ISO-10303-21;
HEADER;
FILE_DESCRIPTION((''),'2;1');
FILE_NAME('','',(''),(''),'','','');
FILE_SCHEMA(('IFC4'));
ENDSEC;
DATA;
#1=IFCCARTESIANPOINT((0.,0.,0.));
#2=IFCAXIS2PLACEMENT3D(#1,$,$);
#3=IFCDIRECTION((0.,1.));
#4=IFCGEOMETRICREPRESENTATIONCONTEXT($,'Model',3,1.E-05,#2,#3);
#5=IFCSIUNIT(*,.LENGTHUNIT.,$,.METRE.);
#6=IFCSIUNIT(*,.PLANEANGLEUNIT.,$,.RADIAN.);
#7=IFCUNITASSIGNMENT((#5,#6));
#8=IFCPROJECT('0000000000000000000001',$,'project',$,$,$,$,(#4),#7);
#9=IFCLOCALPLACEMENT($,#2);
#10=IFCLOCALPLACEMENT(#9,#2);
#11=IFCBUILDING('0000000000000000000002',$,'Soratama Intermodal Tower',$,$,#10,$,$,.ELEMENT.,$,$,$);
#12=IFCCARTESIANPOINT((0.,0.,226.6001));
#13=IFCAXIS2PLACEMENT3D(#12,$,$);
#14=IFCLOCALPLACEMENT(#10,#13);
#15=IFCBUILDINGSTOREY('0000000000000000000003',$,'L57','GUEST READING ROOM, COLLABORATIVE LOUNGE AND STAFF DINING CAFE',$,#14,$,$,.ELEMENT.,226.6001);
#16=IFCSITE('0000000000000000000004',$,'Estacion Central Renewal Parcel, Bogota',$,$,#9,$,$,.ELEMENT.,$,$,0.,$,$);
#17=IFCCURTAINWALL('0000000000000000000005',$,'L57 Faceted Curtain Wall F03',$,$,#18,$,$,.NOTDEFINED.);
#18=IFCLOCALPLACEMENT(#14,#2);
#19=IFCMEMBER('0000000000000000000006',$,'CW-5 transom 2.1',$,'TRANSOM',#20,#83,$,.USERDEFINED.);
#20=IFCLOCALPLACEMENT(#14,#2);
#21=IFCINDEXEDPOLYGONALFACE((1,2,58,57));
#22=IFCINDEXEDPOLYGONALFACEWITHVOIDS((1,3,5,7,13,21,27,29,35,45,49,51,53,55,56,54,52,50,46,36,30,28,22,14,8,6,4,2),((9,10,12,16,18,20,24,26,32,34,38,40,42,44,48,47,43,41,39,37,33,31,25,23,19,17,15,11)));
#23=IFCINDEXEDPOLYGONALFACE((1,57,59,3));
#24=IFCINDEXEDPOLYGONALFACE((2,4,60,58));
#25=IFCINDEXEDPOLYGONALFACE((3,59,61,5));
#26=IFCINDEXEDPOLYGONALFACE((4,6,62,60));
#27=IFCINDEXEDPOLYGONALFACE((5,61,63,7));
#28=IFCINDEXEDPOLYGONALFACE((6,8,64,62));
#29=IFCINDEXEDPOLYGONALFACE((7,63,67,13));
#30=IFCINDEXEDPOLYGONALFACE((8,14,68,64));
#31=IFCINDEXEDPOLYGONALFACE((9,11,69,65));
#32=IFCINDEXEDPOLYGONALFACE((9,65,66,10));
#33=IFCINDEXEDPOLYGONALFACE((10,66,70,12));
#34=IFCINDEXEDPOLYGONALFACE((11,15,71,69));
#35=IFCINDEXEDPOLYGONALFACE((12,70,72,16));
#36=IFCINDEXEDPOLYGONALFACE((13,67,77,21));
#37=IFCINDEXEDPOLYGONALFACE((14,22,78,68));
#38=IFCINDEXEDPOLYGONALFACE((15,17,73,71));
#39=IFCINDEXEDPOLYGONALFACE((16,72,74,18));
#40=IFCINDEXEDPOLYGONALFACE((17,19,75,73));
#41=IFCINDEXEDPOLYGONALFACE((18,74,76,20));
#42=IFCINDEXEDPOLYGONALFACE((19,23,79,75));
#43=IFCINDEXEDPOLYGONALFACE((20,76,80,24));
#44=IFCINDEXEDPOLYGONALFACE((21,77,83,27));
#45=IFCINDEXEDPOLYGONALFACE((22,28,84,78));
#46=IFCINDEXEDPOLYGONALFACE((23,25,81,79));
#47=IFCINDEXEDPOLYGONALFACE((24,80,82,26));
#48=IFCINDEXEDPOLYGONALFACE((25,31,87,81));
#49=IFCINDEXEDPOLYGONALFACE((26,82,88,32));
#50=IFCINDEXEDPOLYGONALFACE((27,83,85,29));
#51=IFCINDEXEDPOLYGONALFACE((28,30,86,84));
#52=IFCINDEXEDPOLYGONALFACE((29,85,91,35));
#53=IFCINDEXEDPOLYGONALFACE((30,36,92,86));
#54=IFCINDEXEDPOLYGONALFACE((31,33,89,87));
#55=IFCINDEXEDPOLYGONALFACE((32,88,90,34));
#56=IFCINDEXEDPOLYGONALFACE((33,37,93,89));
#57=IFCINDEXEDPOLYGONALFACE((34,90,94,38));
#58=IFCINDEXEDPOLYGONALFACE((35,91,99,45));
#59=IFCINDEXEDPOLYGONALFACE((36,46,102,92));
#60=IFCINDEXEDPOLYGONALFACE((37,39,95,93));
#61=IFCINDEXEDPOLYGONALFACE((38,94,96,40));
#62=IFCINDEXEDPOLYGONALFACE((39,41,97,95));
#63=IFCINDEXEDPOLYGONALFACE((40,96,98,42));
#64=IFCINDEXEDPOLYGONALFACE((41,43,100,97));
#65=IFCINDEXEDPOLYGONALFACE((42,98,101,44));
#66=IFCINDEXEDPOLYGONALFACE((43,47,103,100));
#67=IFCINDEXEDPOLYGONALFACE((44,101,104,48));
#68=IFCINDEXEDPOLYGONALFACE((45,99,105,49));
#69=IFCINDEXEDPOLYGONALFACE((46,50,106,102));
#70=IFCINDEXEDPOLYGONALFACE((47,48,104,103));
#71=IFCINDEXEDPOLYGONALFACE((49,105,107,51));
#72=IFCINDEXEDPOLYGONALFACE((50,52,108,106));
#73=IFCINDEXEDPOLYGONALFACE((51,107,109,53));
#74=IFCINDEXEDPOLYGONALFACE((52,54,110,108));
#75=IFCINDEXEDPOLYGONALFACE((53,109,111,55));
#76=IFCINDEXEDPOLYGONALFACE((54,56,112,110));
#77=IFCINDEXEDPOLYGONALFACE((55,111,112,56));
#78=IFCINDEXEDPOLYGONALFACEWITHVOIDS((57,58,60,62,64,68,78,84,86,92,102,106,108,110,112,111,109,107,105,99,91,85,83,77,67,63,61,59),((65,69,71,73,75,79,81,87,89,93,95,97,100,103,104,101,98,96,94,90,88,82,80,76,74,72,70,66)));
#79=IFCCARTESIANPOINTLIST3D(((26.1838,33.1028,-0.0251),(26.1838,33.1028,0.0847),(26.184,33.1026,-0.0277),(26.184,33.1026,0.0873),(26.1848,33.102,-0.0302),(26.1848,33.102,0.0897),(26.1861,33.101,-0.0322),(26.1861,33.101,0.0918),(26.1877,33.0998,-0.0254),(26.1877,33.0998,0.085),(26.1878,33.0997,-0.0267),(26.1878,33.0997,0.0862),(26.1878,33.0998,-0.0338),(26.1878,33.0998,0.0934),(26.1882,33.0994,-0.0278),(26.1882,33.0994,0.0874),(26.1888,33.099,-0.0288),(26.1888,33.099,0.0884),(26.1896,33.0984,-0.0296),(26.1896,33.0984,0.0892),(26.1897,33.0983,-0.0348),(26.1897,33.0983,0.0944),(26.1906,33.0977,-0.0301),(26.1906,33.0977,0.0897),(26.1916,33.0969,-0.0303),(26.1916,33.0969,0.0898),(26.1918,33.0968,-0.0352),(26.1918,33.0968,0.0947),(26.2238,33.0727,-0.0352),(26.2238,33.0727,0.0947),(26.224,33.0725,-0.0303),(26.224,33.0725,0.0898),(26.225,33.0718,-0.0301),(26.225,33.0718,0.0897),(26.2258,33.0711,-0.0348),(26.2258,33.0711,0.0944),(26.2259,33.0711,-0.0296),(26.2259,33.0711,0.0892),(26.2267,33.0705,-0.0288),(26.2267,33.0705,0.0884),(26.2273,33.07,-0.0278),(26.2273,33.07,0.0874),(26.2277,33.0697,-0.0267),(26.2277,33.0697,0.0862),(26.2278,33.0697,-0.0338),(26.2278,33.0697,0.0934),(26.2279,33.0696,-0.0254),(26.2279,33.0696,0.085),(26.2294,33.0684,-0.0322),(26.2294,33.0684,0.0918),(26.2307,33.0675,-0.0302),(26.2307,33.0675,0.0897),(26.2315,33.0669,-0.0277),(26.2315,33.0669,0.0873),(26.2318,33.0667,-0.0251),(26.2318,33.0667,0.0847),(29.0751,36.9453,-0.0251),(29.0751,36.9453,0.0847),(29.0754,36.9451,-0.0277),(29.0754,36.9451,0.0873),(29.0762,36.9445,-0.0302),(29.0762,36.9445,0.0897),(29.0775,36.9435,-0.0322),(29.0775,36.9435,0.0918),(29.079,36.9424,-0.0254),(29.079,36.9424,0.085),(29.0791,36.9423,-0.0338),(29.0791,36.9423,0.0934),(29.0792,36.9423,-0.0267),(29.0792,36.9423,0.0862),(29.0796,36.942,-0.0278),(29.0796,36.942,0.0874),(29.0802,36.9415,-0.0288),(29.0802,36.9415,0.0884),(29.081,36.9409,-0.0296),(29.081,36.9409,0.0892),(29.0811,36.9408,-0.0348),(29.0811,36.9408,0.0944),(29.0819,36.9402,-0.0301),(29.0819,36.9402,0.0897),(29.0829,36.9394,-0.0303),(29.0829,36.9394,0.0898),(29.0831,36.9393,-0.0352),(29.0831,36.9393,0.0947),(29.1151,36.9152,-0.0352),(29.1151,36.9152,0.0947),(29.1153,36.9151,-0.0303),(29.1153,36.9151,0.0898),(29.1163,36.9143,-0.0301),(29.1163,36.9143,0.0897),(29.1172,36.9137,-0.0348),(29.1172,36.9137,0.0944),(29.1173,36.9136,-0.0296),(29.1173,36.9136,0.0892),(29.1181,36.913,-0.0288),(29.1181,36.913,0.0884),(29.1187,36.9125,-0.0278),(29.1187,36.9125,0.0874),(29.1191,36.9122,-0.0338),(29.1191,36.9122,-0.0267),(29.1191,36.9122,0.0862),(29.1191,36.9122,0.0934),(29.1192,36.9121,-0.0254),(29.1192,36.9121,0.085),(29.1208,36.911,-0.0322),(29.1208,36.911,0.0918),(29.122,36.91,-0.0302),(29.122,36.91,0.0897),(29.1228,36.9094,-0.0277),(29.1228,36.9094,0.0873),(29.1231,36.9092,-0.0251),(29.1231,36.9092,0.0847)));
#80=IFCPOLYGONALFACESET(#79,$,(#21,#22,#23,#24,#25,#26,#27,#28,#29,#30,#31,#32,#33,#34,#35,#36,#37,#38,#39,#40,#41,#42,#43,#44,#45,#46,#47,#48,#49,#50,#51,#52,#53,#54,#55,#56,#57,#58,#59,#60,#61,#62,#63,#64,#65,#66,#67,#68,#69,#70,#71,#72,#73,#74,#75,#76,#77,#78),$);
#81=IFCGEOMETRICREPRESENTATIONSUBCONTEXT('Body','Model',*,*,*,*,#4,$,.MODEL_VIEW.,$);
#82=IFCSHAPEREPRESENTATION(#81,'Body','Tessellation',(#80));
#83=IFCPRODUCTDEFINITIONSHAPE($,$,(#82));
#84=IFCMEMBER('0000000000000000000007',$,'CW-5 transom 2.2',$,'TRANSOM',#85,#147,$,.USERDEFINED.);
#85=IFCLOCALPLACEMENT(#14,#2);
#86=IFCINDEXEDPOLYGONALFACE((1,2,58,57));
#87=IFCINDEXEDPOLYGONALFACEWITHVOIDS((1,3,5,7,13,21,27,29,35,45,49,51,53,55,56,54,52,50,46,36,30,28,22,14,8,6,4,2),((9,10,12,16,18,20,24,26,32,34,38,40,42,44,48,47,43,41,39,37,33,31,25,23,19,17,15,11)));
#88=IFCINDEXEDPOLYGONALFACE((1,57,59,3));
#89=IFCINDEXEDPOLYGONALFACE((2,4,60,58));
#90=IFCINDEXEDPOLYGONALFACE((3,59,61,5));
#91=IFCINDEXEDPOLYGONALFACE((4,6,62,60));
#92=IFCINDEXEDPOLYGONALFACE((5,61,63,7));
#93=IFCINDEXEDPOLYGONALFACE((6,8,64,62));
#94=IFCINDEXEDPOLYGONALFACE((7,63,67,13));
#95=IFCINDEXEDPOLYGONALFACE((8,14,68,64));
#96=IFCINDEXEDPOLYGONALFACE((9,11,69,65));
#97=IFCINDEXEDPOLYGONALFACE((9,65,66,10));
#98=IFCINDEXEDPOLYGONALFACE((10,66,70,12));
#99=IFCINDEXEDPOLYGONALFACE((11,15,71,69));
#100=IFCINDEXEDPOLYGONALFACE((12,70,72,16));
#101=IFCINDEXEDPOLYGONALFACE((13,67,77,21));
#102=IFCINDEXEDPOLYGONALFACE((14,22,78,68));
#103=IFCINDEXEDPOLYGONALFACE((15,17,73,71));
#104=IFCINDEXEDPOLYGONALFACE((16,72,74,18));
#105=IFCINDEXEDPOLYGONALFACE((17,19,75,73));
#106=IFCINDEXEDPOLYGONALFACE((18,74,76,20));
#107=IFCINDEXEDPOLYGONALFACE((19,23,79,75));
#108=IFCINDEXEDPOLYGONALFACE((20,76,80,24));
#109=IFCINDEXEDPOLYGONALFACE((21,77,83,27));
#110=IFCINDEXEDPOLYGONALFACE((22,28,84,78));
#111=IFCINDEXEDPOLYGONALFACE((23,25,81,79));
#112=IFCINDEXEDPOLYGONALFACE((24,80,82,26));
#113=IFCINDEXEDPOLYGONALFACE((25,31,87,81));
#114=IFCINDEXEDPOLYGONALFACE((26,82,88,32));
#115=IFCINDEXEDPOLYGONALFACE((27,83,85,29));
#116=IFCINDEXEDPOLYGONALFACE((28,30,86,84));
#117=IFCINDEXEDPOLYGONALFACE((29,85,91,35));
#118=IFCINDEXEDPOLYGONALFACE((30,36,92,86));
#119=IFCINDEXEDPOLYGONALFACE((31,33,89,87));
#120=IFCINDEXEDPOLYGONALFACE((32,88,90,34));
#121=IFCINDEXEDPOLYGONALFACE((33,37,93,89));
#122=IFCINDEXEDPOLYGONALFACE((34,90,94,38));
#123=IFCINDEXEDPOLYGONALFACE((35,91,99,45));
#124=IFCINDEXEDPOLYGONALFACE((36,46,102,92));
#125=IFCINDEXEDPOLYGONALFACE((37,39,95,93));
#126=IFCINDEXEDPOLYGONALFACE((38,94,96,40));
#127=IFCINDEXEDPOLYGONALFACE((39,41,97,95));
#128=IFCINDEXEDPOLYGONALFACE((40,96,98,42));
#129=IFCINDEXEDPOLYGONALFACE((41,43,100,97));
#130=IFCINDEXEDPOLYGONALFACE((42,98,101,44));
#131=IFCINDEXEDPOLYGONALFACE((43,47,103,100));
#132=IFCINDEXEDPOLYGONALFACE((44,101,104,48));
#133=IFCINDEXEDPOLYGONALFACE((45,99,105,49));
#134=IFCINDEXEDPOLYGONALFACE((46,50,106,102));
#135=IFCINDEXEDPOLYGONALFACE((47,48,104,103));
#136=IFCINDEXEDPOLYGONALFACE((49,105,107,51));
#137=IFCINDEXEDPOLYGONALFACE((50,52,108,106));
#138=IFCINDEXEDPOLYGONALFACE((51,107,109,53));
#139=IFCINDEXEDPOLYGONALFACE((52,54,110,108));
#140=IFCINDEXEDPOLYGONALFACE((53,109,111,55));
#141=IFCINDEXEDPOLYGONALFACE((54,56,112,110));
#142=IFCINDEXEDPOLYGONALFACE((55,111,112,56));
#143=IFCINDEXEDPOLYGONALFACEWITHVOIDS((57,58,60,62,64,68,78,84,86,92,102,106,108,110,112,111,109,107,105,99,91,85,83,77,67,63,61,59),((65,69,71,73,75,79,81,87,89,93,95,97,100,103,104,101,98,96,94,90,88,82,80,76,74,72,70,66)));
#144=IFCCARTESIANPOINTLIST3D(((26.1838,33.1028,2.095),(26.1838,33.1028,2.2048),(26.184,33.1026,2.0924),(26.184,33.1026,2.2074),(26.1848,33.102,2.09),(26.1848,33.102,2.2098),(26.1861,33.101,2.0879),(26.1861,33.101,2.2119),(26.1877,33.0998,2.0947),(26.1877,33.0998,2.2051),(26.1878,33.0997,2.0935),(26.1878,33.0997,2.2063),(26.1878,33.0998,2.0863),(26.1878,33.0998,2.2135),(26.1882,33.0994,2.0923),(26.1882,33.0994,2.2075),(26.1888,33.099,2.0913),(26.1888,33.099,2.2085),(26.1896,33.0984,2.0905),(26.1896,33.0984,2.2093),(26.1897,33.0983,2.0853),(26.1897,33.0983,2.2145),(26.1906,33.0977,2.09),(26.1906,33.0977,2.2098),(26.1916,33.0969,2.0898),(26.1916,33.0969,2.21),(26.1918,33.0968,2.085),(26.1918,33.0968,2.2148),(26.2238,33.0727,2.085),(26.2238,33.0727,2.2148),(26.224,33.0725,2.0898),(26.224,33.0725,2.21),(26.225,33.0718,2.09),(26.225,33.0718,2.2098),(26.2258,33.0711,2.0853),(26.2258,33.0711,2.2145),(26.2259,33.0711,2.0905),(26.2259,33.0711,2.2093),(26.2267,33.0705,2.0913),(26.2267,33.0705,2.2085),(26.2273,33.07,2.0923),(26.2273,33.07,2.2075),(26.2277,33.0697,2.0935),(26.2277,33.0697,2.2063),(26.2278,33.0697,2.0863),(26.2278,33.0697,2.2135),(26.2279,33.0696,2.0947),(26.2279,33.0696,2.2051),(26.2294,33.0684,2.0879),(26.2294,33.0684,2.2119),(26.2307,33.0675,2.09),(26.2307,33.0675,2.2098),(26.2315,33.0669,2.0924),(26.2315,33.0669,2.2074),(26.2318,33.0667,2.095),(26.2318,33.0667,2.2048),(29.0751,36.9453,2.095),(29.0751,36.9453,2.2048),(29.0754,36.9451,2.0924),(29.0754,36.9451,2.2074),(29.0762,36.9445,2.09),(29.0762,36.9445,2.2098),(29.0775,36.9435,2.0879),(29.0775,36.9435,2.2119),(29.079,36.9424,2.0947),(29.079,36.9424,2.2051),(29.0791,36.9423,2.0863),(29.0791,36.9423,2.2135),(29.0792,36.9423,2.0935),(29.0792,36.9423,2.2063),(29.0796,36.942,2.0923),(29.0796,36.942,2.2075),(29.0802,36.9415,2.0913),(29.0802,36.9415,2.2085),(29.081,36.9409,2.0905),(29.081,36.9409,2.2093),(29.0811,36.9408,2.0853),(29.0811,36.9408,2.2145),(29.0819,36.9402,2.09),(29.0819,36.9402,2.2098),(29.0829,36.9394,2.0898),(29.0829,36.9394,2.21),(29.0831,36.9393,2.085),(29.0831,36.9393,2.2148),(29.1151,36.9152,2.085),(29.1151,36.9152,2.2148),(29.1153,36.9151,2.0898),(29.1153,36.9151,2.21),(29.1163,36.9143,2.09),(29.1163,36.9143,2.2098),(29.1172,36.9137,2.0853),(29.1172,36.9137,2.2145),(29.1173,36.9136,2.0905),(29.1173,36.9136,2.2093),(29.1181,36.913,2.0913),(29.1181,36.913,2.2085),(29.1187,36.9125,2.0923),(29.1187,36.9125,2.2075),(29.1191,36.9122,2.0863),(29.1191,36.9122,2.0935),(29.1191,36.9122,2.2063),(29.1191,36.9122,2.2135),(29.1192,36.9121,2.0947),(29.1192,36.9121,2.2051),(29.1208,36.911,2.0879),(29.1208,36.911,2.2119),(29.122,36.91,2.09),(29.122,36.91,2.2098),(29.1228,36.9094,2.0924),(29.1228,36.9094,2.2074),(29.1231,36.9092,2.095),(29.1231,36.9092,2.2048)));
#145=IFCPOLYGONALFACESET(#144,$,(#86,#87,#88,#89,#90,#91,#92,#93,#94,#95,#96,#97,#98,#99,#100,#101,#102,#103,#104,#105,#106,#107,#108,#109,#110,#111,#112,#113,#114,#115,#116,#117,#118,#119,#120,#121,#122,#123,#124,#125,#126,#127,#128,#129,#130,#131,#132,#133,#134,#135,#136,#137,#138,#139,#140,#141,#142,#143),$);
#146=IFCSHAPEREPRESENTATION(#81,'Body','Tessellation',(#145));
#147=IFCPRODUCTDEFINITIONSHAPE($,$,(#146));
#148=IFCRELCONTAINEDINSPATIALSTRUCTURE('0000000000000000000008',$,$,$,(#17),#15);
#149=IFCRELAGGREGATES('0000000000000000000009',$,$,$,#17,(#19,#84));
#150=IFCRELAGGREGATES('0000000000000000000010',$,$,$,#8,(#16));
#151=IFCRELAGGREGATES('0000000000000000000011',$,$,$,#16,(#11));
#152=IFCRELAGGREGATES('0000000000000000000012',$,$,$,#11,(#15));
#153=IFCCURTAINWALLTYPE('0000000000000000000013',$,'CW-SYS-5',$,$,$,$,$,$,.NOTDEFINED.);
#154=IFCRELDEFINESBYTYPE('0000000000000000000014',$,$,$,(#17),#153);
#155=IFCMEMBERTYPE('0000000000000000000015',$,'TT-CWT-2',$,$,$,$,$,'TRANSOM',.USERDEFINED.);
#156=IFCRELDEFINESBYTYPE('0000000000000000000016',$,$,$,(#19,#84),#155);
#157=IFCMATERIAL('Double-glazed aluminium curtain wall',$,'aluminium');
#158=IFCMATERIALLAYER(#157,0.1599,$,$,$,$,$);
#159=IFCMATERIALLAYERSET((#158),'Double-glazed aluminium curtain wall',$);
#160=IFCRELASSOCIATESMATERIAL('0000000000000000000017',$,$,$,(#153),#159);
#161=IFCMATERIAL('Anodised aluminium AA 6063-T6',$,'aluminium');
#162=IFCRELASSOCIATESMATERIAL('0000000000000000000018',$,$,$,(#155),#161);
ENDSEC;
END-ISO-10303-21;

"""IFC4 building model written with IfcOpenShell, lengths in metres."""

from ifc_helpers import new_model, si_unit, direction, frame, origin, origin_2d, place, context, subcontext, project, spatial, hollow_rectangle, extrude, material, layer, layer_set, material_profile, profile_set, type_object, element, aggregate, save


model = new_model("IFC4")

# Units and contexts
model_context = context("Model", 3, precision=1e-05, world=origin(), true_north=direction((0.0, 1.0)))
body_context = subcontext(model_context, "Body", "Model", "MODEL_VIEW")
ifc_project = project(units=[si_unit("LENGTHUNIT", "METRE"), si_unit("PLANEANGLEUNIT", "RADIAN")], contexts=[model_context])

# Site, building, storey
site_placement = place(None, origin())
site = spatial("IfcSite", under=ifc_project, at=site_placement, Name="Estacion Central Renewal Parcel, Bogota", CompositionType="ELEMENT", RefElevation=0.0)
building_placement = place(site_placement, origin())
building = spatial("IfcBuilding", under=site, at=building_placement, Name="Soratama Intermodal Tower", CompositionType="ELEMENT")
storey_placement = place(building_placement, frame((0.0, 0.0, 226.6001)))
storey = spatial("IfcBuildingStorey", under=building, at=storey_placement, Name="L57", Description="GUEST READING ROOM, COLLABORATIVE LOUNGE AND STAFF DINING CAFE", CompositionType="ELEMENT", Elevation=226.6001)

# Curtain wall, members
ifc_material_1 = material(Name="Double-glazed aluminium curtain wall", Category="aluminium")
ifc_layer_1 = layer(ifc_material_1, 0.1599)
ifc_layer_set_1 = layer_set([ifc_layer_1], Name="Double-glazed aluminium curtain wall")
curtain_wall_type = type_object("IfcCurtainWallType", Name="CW-SYS-5", PredefinedType="NOTDEFINED", material=ifc_layer_set_1)
curtain_wall_placement = place(storey_placement, origin())
curtain_wall = element("IfcCurtainWall", 1, at=curtain_wall_placement, inside=storey, type_object=curtain_wall_type, Name="L57 Faceted Curtain Wall F03", PredefinedType="NOTDEFINED")
ifc_material_2 = material(Name="Anodised aluminium AA 6063-T6", Category="aluminium")
ifc_material_profile_1 = material_profile(ifc_material_2, hollow_rectangle(XDim=0.0601, YDim=0.1299, WallThickness=0.0049, InnerFilletRadius=0.0049, OuterFilletRadius=0.01, at=origin_2d()), Name="CWT130X60X5")
ifc_profile_set_1 = profile_set([ifc_material_profile_1], Name="Anodised aluminium AA 6063-T6")
member_type_1 = type_object("IfcMemberType", Name="TT-CWT-2", ElementType="TRANSOM", PredefinedType="USERDEFINED", material=ifc_profile_set_1)
member_1_placement = place(storey_placement, frame((29.0991, 36.9272, 0.0298), z_axis=(-0.601258, -0.799055, 0.0), x_axis=(0.799055, -0.601258, 0.0)))
member_1 = element("IfcMember", 2, at=member_1_placement, type_object=member_type_1, Name="CW-5 transom 2.1", ObjectType="TRANSOM", PredefinedType="USERDEFINED", context=body_context, shape_type="SweptSolid", body=[
    extrude(hollow_rectangle(XDim=0.0601, YDim=0.1299, WallThickness=0.0049, InnerFilletRadius=0.0049, OuterFilletRadius=0.01, at=origin_2d()), origin(), (0.0, 0.0, 1.0), 4.8088),
])
member_2_placement = place(storey_placement, frame((29.0991, 36.9272, 2.1499), z_axis=(-0.601258, -0.799055, 0.0), x_axis=(0.799055, -0.601258, 0.0)))
member_2 = element("IfcMember", 3, at=member_2_placement, type_object=member_type_1, Name="CW-5 transom 2.2", ObjectType="TRANSOM", PredefinedType="USERDEFINED", context=body_context, shape_type="SweptSolid", body=[
    extrude(hollow_rectangle(XDim=0.0601, YDim=0.1299, WallThickness=0.0049, InnerFilletRadius=0.0049, OuterFilletRadius=0.01, at=origin_2d()), origin(), (0.0, 0.0, 1.0), 4.8088),
])
aggregate(curtain_wall, [member_1, member_2])

save(model, "model.ifc")
